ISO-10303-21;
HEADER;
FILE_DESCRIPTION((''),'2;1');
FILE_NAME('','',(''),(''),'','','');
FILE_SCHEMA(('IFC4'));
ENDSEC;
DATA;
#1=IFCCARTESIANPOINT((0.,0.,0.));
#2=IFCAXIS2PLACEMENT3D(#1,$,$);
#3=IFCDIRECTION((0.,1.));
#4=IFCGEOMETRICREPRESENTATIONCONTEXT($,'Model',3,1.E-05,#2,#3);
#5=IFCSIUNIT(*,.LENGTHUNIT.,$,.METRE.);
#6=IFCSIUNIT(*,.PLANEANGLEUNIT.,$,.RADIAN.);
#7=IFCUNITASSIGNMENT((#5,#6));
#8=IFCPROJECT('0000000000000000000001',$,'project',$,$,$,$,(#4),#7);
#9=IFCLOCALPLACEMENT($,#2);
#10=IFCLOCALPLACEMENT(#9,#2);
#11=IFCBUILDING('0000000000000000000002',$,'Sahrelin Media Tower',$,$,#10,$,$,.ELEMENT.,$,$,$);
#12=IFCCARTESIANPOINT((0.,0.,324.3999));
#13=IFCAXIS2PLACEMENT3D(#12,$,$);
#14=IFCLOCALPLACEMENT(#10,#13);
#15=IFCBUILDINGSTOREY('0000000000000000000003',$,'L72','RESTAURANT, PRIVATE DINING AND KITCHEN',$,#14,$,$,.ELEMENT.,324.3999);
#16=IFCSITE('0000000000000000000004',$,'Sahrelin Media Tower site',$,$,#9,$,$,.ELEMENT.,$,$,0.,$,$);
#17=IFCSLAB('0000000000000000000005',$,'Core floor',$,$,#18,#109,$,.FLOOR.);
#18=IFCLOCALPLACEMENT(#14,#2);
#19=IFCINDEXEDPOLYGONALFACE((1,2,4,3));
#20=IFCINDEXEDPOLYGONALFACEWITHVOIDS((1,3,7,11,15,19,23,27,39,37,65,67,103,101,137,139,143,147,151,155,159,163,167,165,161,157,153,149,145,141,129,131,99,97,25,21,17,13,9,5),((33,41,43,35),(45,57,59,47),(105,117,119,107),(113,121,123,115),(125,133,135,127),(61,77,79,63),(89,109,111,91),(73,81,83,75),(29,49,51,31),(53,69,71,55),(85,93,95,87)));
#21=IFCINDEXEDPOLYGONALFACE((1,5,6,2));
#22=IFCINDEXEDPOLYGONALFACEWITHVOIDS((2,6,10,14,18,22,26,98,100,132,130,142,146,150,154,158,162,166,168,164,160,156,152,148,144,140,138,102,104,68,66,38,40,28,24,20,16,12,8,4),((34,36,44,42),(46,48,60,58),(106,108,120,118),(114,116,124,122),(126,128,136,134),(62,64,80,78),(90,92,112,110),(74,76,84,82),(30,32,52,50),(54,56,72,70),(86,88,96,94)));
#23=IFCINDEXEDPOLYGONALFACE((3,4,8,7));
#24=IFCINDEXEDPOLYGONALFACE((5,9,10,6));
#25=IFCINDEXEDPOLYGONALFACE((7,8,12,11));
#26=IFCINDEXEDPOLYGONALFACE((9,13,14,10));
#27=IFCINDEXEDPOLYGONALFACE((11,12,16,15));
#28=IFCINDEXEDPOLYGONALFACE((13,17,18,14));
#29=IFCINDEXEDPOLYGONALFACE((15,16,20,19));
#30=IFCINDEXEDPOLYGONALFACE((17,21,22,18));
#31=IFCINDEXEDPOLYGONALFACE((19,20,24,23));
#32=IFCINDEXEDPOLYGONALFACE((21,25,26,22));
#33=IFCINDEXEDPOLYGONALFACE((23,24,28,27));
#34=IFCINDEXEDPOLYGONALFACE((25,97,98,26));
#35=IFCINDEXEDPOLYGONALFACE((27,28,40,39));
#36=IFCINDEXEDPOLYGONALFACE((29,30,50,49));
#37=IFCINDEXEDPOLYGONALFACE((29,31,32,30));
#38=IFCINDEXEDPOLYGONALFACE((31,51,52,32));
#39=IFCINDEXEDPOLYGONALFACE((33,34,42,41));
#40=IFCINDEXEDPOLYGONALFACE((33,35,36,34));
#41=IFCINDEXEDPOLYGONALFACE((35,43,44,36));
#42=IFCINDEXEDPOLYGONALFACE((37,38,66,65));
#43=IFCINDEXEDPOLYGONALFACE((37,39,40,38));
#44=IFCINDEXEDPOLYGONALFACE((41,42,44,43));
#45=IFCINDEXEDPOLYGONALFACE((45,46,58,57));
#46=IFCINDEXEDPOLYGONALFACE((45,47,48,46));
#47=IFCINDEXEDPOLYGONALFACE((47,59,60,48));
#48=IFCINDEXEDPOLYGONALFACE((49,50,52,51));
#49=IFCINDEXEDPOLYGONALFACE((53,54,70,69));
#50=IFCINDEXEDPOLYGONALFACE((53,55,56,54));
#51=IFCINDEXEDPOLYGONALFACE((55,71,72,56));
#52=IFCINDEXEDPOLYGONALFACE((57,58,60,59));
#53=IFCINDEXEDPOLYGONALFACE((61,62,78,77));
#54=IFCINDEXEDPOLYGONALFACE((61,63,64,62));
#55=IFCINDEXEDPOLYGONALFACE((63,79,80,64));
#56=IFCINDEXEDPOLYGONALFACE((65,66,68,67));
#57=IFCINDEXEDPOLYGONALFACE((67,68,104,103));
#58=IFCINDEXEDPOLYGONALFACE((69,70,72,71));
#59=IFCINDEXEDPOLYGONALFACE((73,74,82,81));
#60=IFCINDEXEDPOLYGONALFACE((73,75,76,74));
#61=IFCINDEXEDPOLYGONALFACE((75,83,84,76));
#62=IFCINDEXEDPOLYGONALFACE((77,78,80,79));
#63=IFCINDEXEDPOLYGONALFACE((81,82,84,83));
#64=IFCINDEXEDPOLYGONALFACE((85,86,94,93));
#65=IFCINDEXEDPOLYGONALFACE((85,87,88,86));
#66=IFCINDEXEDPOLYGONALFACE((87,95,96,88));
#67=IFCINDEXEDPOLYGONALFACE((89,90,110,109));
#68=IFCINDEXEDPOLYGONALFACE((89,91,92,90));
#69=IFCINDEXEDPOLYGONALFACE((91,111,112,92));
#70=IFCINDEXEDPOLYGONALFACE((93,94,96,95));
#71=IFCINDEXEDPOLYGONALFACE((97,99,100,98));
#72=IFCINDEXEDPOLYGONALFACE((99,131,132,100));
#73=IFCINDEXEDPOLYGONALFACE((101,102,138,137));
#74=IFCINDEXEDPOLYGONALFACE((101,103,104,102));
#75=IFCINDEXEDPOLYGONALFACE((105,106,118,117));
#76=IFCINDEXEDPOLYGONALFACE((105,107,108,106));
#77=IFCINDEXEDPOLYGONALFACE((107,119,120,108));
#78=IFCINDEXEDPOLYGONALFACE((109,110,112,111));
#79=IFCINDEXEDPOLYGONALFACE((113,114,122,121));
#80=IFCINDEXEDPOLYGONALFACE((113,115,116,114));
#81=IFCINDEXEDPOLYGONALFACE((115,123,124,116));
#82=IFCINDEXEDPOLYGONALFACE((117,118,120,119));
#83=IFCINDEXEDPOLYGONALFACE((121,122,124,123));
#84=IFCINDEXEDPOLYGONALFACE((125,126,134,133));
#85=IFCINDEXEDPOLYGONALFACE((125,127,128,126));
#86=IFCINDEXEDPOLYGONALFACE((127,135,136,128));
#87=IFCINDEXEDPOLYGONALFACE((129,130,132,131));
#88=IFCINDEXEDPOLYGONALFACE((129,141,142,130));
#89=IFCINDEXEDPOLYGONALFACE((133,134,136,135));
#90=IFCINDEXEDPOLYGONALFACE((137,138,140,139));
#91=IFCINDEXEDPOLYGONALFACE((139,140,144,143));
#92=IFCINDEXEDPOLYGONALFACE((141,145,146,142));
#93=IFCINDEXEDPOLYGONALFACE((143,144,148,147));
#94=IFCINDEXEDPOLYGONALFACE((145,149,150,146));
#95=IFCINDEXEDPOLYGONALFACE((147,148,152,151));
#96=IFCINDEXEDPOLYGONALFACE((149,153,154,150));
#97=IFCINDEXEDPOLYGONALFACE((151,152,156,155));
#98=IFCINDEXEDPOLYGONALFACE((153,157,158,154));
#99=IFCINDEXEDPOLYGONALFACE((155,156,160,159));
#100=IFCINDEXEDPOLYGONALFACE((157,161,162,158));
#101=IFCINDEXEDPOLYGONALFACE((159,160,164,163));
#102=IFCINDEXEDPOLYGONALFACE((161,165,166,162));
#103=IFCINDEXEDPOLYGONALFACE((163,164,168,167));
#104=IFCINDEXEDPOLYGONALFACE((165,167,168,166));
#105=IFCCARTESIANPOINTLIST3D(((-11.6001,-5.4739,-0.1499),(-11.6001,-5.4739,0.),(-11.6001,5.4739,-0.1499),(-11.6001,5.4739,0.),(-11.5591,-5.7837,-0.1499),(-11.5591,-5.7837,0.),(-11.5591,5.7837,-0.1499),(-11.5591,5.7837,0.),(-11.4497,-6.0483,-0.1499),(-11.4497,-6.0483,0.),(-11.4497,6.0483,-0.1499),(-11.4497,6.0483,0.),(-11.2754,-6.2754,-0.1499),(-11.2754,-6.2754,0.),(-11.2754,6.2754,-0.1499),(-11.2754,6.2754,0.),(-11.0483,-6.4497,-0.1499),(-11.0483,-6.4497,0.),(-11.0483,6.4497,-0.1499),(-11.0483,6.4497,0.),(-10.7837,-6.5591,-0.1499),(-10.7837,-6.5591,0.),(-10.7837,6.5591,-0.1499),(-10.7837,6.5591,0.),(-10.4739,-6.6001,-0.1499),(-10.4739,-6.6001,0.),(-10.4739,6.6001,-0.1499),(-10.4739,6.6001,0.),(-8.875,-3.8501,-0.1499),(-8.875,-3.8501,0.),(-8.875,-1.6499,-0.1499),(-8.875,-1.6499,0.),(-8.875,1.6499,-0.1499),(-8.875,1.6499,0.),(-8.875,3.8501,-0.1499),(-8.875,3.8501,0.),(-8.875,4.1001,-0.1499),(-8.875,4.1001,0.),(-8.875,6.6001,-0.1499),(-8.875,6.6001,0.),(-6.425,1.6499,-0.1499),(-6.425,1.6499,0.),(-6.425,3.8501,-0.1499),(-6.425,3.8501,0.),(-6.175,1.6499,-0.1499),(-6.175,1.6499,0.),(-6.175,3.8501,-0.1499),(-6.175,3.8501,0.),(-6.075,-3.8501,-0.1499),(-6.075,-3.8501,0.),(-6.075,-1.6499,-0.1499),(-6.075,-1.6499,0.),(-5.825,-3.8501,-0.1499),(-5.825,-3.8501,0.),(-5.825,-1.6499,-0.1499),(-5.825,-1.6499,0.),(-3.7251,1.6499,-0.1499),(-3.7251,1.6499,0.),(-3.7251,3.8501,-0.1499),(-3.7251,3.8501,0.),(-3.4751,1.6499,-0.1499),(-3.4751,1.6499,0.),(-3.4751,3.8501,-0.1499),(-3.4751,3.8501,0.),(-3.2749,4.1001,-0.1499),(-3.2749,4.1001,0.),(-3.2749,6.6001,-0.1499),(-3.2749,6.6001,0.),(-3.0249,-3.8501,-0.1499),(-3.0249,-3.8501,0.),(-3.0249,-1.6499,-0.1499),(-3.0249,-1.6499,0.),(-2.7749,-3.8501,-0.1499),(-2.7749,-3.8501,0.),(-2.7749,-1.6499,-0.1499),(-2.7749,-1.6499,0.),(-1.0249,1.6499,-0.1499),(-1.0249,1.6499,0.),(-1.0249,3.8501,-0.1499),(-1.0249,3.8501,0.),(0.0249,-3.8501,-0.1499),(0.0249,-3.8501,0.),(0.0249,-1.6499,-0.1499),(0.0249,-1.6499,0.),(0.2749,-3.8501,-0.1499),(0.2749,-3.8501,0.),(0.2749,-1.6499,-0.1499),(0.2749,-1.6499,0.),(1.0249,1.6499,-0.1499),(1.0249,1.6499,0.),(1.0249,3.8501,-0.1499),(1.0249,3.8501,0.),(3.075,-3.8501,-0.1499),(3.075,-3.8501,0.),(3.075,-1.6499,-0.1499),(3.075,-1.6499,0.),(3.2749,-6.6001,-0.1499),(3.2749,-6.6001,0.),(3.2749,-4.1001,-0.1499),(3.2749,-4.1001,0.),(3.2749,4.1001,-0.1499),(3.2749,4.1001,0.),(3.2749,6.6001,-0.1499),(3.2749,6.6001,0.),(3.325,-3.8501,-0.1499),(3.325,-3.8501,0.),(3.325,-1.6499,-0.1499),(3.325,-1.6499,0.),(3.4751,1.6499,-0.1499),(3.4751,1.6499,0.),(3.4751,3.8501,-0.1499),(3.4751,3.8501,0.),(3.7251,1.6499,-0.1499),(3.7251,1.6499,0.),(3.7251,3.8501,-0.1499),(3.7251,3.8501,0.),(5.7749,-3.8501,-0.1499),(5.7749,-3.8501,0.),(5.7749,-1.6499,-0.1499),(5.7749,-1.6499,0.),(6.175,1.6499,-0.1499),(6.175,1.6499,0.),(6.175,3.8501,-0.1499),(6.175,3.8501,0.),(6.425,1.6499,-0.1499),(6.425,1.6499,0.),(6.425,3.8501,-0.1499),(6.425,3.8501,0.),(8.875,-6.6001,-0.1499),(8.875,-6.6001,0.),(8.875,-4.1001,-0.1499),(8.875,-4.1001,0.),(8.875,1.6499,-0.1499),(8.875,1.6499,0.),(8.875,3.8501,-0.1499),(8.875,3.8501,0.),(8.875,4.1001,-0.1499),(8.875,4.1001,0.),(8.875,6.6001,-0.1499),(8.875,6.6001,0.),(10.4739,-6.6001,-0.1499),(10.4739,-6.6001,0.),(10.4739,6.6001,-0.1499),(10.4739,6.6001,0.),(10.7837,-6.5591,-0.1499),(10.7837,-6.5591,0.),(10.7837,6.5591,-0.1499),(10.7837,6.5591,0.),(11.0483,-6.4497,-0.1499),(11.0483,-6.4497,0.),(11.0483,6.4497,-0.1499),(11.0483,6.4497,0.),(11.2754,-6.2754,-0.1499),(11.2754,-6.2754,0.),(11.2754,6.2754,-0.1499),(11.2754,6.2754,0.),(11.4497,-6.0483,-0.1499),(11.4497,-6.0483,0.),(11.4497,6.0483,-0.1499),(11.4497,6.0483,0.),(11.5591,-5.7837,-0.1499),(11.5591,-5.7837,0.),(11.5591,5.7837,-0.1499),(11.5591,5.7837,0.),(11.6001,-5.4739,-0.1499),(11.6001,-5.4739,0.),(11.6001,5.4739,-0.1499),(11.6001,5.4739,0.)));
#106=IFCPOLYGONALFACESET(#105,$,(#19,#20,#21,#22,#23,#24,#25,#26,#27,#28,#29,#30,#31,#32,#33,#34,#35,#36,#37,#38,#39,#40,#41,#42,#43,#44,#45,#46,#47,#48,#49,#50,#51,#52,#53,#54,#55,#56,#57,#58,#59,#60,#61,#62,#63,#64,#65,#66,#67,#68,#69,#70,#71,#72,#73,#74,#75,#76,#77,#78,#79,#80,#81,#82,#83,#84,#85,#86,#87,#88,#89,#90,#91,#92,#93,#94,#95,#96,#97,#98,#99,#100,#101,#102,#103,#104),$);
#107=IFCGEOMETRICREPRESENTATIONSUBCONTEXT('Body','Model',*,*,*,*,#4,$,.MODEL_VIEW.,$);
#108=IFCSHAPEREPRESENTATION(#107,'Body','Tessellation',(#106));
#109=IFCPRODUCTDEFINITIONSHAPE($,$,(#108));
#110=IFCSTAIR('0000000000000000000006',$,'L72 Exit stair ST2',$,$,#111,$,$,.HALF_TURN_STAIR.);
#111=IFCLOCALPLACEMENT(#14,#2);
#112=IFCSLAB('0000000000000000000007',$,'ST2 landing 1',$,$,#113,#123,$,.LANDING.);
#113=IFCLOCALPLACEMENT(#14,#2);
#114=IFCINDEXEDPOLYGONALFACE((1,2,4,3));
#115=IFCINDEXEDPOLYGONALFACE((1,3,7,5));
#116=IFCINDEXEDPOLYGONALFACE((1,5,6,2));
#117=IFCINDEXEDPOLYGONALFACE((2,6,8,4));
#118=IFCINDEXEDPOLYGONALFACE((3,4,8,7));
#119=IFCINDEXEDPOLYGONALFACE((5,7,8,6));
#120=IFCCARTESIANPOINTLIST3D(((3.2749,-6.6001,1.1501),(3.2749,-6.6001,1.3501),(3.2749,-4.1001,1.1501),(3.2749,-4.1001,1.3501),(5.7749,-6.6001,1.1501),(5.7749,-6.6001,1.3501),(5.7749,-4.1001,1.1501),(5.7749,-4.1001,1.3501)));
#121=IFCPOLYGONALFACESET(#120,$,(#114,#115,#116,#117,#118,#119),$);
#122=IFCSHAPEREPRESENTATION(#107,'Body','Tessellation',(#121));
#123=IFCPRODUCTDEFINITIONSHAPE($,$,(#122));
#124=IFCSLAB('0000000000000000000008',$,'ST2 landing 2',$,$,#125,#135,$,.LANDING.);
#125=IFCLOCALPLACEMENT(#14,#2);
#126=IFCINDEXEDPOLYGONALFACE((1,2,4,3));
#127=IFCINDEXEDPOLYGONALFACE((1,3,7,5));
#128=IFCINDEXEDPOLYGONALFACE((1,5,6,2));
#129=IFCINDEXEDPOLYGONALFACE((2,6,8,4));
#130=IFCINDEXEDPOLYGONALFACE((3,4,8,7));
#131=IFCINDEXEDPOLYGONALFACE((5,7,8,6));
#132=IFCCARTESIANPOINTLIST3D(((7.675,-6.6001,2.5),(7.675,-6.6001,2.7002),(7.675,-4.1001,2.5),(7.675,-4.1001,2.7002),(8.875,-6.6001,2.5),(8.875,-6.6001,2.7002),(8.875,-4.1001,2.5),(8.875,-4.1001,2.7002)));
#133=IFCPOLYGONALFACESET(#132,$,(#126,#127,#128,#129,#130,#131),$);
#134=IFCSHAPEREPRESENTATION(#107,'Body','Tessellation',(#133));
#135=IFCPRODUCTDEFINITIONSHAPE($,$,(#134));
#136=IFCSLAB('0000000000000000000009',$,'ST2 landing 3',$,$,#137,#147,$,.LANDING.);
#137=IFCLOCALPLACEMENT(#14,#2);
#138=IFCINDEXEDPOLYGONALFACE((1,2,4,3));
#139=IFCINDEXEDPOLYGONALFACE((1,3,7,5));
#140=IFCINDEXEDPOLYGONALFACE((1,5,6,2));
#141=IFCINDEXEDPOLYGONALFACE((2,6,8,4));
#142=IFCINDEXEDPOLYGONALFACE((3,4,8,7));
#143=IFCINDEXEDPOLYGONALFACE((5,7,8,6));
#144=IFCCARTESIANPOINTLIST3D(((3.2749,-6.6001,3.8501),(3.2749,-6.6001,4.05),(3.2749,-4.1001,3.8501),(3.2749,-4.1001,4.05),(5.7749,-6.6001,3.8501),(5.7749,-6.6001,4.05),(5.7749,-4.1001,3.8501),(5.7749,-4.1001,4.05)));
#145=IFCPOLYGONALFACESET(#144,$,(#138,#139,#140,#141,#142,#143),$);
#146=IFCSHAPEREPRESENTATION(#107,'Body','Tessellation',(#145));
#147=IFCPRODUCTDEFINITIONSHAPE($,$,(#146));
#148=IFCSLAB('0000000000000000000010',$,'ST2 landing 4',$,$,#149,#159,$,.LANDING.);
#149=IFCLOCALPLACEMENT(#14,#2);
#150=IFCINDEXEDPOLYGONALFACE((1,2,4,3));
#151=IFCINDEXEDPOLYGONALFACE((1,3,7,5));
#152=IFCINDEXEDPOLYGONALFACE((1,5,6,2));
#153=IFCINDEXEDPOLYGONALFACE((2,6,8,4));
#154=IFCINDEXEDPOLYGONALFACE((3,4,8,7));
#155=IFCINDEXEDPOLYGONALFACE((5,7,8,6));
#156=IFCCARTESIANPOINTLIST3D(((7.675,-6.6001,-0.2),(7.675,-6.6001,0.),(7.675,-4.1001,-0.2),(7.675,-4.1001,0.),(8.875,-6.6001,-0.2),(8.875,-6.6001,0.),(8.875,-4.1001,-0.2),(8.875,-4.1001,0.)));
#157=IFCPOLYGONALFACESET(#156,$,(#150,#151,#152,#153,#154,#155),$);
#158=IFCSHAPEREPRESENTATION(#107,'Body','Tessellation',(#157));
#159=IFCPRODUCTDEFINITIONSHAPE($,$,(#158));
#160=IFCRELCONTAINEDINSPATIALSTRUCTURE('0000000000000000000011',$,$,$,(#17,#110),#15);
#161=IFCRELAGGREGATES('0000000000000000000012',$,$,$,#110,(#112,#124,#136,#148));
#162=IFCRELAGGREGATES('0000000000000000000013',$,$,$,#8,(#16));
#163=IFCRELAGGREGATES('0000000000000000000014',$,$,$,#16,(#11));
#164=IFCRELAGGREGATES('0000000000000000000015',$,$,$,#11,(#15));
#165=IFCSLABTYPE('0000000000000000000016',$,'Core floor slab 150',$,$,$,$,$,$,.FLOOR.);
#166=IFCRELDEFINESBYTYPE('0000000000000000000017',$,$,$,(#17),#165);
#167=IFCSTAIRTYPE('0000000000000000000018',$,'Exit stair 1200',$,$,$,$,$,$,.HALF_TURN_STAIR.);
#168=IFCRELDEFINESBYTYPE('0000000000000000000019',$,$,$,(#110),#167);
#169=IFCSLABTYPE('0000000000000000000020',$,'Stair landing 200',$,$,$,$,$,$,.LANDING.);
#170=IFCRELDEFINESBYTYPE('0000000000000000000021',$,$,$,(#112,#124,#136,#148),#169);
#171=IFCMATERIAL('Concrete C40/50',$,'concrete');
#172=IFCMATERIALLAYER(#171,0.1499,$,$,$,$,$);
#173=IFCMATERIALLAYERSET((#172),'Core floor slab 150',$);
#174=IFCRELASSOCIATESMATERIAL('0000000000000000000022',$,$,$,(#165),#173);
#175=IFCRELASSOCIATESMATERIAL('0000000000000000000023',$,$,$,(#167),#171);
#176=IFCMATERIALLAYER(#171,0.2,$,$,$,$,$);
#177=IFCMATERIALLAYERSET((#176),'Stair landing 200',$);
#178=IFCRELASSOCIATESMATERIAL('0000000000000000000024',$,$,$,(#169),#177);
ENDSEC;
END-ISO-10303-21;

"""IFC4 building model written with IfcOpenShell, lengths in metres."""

from ifc_helpers import new_model, si_unit, direction, frame, origin, place, context, subcontext, project, spatial, polyline, outline, extrude, material, layer, layer_set, type_object, element, aggregate, save


model = new_model("IFC4")

# Units and contexts
model_context = context("Model", 3, precision=1e-05, world=origin(), true_north=direction((0.0, 1.0)))
body_context = subcontext(model_context, "Body", "Model", "MODEL_VIEW")
ifc_project = project(units=[si_unit("LENGTHUNIT", "METRE"), si_unit("PLANEANGLEUNIT", "RADIAN")], contexts=[model_context])

# Site, building, storey
site_placement = place(None, origin())
site = spatial("IfcSite", under=ifc_project, at=site_placement, Name="Sahrelin Media Tower site", CompositionType="ELEMENT", RefElevation=0.0)
building_placement = place(site_placement, origin())
building = spatial("IfcBuilding", under=site, at=building_placement, Name="Sahrelin Media Tower", CompositionType="ELEMENT")
storey_placement = place(building_placement, frame((0.0, 0.0, 324.3999)))
storey = spatial("IfcBuildingStorey", under=building, at=storey_placement, Name="L72", Description="RESTAURANT, PRIVATE DINING AND KITCHEN", CompositionType="ELEMENT", Elevation=324.3999)

# Slab
ifc_material_1 = material(Name="Concrete C40/50", Category="concrete")
ifc_layer_1 = layer(ifc_material_1, 0.1499)
ifc_layer_set_1 = layer_set([ifc_layer_1], Name="Core floor slab 150")
slab_type_1 = type_object("IfcSlabType", Name="Core floor slab 150", PredefinedType="FLOOR", material=ifc_layer_set_1)
slab_1_placement = place(storey_placement, frame((0.0, 0.0, -0.1499)))
element("IfcSlab", 1, at=slab_1_placement, inside=storey, type_object=slab_type_1, Name="Core floor", PredefinedType="FLOOR", context=body_context, shape_type="SweptSolid", body=[
    extrude(outline(polyline([(-11.6001, -5.4739), (-11.5591, -5.7837), (-11.4497, -6.0483), (-11.2754, -6.2754), (-11.0483, -6.4497), (-10.7837, -6.5591), (-10.4739, -6.6001), (3.2749, -6.6001), (3.2749, -4.1001), (8.875, -4.1001), (8.875, -6.6001), (10.4739, -6.6001), (10.7837, -6.5591), (11.0483, -6.4497), (11.2754, -6.2754), (11.4497, -6.0483), (11.5591, -5.7837), (11.6001, -5.4739), (11.6001, 5.4739), (11.5591, 5.7837), (11.4497, 6.0483), (11.2754, 6.2754), (11.0483, 6.4497), (10.7837, 6.5591), (10.4739, 6.6001), (8.875, 6.6001), (8.875, 4.1001), (3.2749, 4.1001), (3.2749, 6.6001), (-3.2749, 6.6001), (-3.2749, 4.1001), (-8.875, 4.1001), (-8.875, 6.6001), (-10.4739, 6.6001), (-10.7837, 6.5591), (-11.0483, 6.4497), (-11.2754, 6.2754), (-11.4497, 6.0483), (-11.5591, 5.7837), (-11.6001, 5.4739), (-11.6001, -5.4739)]), holes=[polyline([(-8.875, 3.8501), (-8.875, 1.6499), (-6.425, 1.6499), (-6.425, 3.8501), (-8.875, 3.8501)]), polyline([(-3.7251, 3.8501), (-6.175, 3.8501), (-6.175, 1.6499), (-3.7251, 1.6499), (-3.7251, 3.8501)]), polyline([(-1.0249, 1.6499), (-1.0249, 3.8501), (-3.4751, 3.8501), (-3.4751, 1.6499), (-1.0249, 1.6499)]), polyline([(1.0249, 1.6499), (3.4751, 1.6499), (3.4751, 3.8501), (1.0249, 3.8501), (1.0249, 1.6499)]), polyline([(3.7251, 3.8501), (3.7251, 1.6499), (6.175, 1.6499), (6.175, 3.8501), (3.7251, 3.8501)]), polyline([(8.875, 3.8501), (6.425, 3.8501), (6.425, 1.6499), (8.875, 1.6499), (8.875, 3.8501)]), polyline([(-6.075, -3.8501), (-6.075, -1.6499), (-8.875, -1.6499), (-8.875, -3.8501), (-6.075, -3.8501)]), polyline([(-5.825, -3.8501), (-3.0249, -3.8501), (-3.0249, -1.6499), (-5.825, -1.6499), (-5.825, -3.8501)]), polyline([(-2.7749, -1.6499), (-2.7749, -3.8501), (0.0249, -3.8501), (0.0249, -1.6499), (-2.7749, -1.6499)]), polyline([(3.075, -1.6499), (0.2749, -1.6499), (0.2749, -3.8501), (3.075, -3.8501), (3.075, -1.6499)]), polyline([(5.7749, -3.8501), (5.7749, -1.6499), (3.325, -1.6499), (3.325, -3.8501), (5.7749, -3.8501)])]), origin(), (0.0, 0.0, 1.0), 0.1499),
])

# Stair, slabs
stair_type = type_object("IfcStairType", Name="Exit stair 1200", PredefinedType="HALF_TURN_STAIR", material=ifc_material_1)
stair_placement = place(storey_placement, origin())
stair = element("IfcStair", 2, at=stair_placement, inside=storey, type_object=stair_type, Name="L72 Exit stair ST2", PredefinedType="HALF_TURN_STAIR")
ifc_layer_2 = layer(ifc_material_1, 0.2)
ifc_layer_set_2 = layer_set([ifc_layer_2], Name="Stair landing 200")
slab_type_2 = type_object("IfcSlabType", Name="Stair landing 200", PredefinedType="LANDING", material=ifc_layer_set_2)
slab_2_placement = place(storey_placement, frame((0.0, 0.0, 1.1501)))
slab_2 = element("IfcSlab", 3, at=slab_2_placement, type_object=slab_type_2, Name="ST2 landing 1", PredefinedType="LANDING", context=body_context, shape_type="SweptSolid", body=[
    extrude(outline(polyline([(5.7749, -4.1001), (3.2749, -4.1001), (3.2749, -6.6001), (5.7749, -6.6001), (5.7749, -4.1001)])), origin(), (0.0, 0.0, 1.0), 0.2),
])
slab_3_placement = place(storey_placement, frame((0.0, 0.0, 2.5)))
slab_3 = element("IfcSlab", 4, at=slab_3_placement, type_object=slab_type_2, Name="ST2 landing 2", PredefinedType="LANDING", context=body_context, shape_type="SweptSolid", body=[
    extrude(outline(polyline([(8.875, -4.1001), (7.675, -4.1001), (7.675, -6.6001), (8.875, -6.6001), (8.875, -4.1001)])), origin(), (0.0, 0.0, 1.0), 0.2002),
])
slab_4_placement = place(storey_placement, frame((0.0, 0.0, 3.8501)))
slab_4 = element("IfcSlab", 5, at=slab_4_placement, type_object=slab_type_2, Name="ST2 landing 3", PredefinedType="LANDING", context=body_context, shape_type="SweptSolid", body=[
    extrude(outline(polyline([(5.7749, -4.1001), (3.2749, -4.1001), (3.2749, -6.6001), (5.7749, -6.6001), (5.7749, -4.1001)])), origin(), (0.0, 0.0, 1.0), 0.2),
])
slab_5_placement = place(storey_placement, frame((0.0, 0.0, -0.2)))
slab_5 = element("IfcSlab", 6, at=slab_5_placement, type_object=slab_type_2, Name="ST2 landing 4", PredefinedType="LANDING", context=body_context, shape_type="SweptSolid", body=[
    extrude(outline(polyline([(8.875, -4.1001), (7.675, -4.1001), (7.675, -6.6001), (8.875, -6.6001), (8.875, -4.1001)])), origin(), (0.0, 0.0, 1.0), 0.2),
])
aggregate(stair, [slab_2, slab_3, slab_4, slab_5])

save(model, "model.ifc")
